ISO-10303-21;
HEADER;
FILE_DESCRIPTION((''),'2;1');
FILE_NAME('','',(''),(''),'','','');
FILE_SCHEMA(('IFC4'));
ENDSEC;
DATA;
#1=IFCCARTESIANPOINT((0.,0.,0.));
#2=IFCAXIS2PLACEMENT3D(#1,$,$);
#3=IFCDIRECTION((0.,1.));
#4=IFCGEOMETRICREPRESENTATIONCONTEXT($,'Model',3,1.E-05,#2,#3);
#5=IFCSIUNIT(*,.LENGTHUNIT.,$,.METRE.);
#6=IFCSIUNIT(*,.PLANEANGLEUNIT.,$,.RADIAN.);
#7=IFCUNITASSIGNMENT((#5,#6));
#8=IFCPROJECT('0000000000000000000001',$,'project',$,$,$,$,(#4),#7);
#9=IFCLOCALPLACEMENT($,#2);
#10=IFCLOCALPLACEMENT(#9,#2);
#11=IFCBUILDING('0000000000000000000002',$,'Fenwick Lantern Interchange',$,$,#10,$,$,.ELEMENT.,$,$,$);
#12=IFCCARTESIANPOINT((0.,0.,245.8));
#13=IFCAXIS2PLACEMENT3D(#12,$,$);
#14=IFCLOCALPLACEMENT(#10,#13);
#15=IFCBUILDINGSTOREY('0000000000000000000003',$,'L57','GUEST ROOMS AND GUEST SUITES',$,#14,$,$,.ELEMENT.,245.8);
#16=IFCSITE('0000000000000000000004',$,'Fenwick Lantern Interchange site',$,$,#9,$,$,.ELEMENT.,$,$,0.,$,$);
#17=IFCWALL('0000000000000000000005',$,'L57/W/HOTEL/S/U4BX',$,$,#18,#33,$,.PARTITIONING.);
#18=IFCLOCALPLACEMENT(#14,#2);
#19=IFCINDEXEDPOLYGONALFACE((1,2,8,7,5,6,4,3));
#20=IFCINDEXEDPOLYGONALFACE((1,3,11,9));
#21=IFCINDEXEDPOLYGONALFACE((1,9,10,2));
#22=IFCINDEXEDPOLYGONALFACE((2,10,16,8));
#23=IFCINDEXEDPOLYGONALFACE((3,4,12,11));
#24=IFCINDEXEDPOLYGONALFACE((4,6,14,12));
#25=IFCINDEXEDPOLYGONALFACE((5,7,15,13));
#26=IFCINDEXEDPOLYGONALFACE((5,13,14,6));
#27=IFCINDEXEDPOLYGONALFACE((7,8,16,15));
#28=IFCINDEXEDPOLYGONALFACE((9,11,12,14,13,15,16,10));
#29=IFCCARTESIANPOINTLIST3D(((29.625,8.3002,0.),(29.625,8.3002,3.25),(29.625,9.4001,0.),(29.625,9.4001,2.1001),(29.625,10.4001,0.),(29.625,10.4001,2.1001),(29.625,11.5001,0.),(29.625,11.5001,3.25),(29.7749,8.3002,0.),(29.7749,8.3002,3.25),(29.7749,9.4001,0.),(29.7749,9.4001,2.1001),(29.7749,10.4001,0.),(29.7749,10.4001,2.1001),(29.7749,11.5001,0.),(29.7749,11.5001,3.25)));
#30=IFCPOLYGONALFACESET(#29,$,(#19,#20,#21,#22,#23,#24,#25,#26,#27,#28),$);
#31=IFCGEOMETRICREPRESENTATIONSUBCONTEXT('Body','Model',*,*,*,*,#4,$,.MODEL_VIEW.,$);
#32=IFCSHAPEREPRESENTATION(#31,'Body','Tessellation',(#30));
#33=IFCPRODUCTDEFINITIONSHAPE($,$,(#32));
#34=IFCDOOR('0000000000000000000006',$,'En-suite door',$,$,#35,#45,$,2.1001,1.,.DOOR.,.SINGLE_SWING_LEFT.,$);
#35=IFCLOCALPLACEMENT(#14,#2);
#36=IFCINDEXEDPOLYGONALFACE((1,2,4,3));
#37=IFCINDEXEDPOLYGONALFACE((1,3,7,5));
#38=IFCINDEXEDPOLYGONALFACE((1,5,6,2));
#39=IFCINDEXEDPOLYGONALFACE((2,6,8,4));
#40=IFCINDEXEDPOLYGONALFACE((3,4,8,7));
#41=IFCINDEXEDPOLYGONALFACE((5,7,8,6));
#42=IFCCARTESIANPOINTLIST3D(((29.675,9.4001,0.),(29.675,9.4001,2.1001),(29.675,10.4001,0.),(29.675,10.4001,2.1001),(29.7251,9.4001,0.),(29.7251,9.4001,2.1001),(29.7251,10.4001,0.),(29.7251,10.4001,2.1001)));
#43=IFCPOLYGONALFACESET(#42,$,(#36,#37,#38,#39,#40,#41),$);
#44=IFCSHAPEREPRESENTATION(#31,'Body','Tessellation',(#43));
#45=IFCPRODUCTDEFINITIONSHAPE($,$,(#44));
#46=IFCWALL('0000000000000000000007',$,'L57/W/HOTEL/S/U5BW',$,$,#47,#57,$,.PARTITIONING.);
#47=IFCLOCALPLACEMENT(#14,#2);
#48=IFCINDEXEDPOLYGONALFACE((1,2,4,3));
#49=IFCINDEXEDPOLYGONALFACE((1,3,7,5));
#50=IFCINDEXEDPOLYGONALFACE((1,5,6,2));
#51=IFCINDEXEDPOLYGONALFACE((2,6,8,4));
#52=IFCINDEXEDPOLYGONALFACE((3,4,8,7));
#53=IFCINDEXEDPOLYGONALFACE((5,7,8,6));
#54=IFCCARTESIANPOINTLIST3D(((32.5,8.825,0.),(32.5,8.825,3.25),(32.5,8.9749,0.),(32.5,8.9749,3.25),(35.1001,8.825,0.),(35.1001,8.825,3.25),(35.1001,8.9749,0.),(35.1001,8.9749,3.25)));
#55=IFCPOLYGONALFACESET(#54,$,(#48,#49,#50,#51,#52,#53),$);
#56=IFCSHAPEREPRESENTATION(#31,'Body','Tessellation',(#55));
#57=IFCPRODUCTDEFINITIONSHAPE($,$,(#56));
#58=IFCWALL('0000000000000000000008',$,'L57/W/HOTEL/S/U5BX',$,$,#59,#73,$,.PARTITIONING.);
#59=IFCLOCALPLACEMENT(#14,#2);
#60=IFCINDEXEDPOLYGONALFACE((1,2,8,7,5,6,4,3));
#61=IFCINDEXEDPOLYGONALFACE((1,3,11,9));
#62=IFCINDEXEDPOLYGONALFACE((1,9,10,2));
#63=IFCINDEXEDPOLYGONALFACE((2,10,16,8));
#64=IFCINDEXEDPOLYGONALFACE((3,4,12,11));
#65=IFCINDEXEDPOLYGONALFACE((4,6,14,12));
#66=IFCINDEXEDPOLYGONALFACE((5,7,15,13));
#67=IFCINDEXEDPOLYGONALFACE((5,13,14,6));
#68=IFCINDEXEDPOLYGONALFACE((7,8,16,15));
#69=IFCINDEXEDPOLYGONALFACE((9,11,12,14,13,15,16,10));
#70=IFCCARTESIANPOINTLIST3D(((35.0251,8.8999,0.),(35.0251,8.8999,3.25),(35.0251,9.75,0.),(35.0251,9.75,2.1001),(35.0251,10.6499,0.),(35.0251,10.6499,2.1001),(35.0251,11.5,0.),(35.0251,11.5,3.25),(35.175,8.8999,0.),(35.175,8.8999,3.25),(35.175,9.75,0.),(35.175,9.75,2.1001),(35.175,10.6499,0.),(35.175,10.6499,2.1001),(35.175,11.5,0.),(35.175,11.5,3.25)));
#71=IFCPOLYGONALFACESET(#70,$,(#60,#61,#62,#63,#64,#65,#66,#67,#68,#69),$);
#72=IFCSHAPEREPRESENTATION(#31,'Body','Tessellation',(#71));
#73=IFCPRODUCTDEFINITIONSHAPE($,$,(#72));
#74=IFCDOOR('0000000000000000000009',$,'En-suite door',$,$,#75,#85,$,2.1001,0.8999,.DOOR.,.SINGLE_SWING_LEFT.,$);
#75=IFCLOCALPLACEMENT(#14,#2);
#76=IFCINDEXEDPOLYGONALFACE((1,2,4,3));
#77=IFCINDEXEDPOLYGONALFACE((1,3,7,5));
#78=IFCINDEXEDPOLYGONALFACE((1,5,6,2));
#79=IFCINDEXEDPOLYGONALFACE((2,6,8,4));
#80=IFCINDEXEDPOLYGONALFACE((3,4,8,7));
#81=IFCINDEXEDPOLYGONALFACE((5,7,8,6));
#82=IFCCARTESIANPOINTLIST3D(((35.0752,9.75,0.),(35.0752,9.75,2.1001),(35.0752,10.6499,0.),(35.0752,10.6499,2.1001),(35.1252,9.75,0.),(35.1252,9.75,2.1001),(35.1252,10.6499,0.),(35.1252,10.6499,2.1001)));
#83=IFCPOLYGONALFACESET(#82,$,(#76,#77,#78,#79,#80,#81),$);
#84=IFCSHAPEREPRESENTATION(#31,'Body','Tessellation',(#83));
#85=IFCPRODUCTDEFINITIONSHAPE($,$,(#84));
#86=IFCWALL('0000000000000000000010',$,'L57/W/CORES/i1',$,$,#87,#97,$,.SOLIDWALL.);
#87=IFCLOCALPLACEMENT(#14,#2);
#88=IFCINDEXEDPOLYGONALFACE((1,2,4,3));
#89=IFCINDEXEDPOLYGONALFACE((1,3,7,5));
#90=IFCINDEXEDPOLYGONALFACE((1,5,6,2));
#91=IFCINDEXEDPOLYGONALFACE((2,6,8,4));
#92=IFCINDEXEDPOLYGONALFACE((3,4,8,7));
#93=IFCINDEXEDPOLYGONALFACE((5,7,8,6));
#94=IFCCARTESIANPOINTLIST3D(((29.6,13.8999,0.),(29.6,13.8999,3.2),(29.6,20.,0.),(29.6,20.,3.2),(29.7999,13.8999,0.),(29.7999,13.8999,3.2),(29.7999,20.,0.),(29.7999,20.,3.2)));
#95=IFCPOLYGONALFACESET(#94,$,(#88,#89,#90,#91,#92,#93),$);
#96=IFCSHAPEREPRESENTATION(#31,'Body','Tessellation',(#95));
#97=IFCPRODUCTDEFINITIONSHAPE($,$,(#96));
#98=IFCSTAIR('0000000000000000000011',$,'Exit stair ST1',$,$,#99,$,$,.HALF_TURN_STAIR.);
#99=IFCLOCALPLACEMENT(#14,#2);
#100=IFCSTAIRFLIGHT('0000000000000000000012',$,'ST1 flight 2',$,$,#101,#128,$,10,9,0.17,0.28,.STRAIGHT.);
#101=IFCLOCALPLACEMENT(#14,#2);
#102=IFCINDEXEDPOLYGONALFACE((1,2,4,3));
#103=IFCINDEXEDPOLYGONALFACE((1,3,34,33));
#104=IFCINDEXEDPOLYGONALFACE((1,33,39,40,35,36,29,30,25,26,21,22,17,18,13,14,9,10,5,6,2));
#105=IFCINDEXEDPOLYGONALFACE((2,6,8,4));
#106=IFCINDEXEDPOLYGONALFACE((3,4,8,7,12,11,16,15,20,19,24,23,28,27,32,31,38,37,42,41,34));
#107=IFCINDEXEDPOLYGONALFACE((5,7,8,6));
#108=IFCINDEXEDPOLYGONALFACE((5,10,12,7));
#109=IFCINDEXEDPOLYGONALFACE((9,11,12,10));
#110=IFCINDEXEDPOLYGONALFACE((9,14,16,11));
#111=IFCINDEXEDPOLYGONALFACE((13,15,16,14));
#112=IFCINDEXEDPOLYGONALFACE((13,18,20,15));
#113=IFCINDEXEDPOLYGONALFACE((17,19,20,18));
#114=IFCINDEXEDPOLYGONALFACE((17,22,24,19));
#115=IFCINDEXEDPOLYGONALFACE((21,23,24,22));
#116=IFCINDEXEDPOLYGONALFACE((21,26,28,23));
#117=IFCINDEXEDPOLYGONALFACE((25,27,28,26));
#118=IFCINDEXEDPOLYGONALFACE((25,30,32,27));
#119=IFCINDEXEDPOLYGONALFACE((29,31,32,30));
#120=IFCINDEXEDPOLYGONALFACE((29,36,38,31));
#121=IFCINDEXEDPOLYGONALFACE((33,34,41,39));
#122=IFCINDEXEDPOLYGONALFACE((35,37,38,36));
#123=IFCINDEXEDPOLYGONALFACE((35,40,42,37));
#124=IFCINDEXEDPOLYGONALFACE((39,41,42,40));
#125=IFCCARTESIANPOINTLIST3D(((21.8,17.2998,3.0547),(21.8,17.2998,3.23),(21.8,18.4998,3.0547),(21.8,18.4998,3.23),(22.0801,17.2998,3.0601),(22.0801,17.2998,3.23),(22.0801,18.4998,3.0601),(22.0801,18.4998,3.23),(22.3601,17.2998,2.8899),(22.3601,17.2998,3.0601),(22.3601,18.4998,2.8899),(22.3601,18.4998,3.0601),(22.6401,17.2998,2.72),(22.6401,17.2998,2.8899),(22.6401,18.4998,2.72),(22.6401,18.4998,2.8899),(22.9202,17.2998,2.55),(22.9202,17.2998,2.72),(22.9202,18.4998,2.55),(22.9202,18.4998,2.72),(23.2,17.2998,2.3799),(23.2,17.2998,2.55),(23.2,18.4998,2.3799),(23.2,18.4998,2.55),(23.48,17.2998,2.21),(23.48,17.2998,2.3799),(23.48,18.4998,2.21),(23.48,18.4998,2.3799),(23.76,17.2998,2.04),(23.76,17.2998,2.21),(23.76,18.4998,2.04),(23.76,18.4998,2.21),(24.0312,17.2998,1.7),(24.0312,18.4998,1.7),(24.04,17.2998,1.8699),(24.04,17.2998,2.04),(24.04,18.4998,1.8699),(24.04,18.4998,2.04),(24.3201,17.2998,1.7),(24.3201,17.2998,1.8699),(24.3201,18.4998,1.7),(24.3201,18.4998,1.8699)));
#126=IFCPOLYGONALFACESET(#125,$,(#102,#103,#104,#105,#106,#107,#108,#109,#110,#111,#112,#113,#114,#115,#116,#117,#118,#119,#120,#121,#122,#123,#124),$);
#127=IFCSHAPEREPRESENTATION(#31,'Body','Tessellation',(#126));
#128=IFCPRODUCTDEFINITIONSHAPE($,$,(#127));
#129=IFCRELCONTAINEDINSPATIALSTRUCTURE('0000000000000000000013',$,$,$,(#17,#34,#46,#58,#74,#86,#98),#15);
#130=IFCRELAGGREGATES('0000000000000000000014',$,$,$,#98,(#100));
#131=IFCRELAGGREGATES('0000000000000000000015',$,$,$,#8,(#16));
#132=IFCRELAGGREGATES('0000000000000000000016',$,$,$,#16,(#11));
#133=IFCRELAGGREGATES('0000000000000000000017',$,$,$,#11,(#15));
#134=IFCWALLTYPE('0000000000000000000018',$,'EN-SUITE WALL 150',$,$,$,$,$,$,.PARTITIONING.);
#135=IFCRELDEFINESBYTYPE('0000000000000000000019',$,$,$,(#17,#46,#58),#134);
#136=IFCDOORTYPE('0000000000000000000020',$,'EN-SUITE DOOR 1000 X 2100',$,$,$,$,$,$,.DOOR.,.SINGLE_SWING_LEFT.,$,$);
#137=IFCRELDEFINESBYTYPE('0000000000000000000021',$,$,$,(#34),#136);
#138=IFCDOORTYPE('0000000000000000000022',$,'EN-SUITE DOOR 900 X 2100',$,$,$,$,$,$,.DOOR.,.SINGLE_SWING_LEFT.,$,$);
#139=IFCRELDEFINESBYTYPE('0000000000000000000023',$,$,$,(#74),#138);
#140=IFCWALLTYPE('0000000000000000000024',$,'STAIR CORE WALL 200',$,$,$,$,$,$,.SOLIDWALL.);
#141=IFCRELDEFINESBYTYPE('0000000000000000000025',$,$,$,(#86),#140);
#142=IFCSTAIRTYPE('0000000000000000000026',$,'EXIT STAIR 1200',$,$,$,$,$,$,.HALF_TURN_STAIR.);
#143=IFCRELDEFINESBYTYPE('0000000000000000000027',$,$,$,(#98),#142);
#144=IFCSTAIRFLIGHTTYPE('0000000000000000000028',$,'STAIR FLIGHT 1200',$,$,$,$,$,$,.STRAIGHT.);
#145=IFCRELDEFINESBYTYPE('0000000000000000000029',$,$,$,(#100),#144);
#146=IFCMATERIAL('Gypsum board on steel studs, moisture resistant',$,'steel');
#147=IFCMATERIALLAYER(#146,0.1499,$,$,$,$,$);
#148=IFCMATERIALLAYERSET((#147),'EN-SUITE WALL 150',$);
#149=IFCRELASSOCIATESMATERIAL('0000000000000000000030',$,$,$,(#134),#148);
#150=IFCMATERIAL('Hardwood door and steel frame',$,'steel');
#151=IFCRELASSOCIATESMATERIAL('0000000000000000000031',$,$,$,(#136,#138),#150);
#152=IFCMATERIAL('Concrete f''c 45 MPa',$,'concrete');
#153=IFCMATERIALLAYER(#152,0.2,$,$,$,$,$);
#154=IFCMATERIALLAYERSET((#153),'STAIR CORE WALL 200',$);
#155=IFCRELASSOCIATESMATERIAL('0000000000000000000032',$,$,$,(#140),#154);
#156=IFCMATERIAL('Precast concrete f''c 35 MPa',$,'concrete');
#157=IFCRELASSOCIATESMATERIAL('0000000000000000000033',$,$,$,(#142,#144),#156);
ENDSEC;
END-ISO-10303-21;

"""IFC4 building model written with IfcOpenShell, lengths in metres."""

from ifc_helpers import new_model, si_unit, direction, frame, frame_2d, origin, place, context, subcontext, project, spatial, polyline, rectangle, outline, extrude, material, layer, layer_set, type_object, element, fill, aggregate, save


model = new_model("IFC4")

# Units and contexts
model_context = context("Model", 3, precision=1e-05, world=origin(), true_north=direction((0.0, 1.0)))
body_context = subcontext(model_context, "Body", "Model", "MODEL_VIEW")
ifc_project = project(units=[si_unit("LENGTHUNIT", "METRE"), si_unit("PLANEANGLEUNIT", "RADIAN")], contexts=[model_context])

# Site, building, storey
site_placement = place(None, origin())
site = spatial("IfcSite", under=ifc_project, at=site_placement, Name="Fenwick Lantern Interchange site", CompositionType="ELEMENT", RefElevation=0.0)
building_placement = place(site_placement, origin())
building = spatial("IfcBuilding", under=site, at=building_placement, Name="Fenwick Lantern Interchange", CompositionType="ELEMENT")
storey_placement = place(building_placement, frame((0.0, 0.0, 245.8)))
storey = spatial("IfcBuildingStorey", under=building, at=storey_placement, Name="L57", Description="GUEST ROOMS AND GUEST SUITES", CompositionType="ELEMENT", Elevation=245.8)

# Shared definitions
ifc_material_1 = material(Name="Hardwood door and steel frame", Category="steel")

# Shared definitions
ifc_material_2 = material(Name="Gypsum board on steel studs, moisture resistant", Category="steel")
ifc_layer_1 = layer(ifc_material_2, 0.1499)
ifc_layer_set_1 = layer_set([ifc_layer_1], Name="EN-SUITE WALL 150")
wall_type_1 = type_object("IfcWallType", Name="EN-SUITE WALL 150", PredefinedType="PARTITIONING", material=ifc_layer_set_1)

# Wall, opening, door
wall_1_placement = place(storey_placement, frame((29.7, 8.3, 0.0), z_axis=(0.0, 0.0, 1.0), x_axis=(0.0, 1.0, 0.0)))
wall_1 = element("IfcWall", 1, at=wall_1_placement, inside=storey, type_object=wall_type_1, Name="L57/W/HOTEL/S/U4BX", PredefinedType="PARTITIONING", context=body_context, shape_type="SweptSolid", body=[
    extrude(rectangle(XDim=3.2, YDim=0.1499, at=frame_2d((1.6001, 0.0))), origin(), (0.0, 0.0, 1.0), 3.25),
])
opening_1_placement = place(wall_1_placement, frame((1.1001, 0.0, 0.0)))
opening_1 = element("IfcOpeningElement", 2, at=opening_1_placement, cuts=wall_1, PredefinedType="OPENING", context=body_context, shape_type="SweptSolid", body=[
    extrude(rectangle(XDim=1.0, YDim=2.1001, at=frame_2d((0.5, 1.05))), frame((0.0, 0.085, 0.0), z_axis=(0.0, -1.0, 0.0), x_axis=(1.0, 0.0, 0.0)), (0.0, 0.0, 1.0), 0.1699),
])
door_type_1 = type_object("IfcDoorType", Name="EN-SUITE DOOR 1000 X 2100", OperationType="SINGLE_SWING_LEFT", PredefinedType="DOOR", material=ifc_material_1)
door_1_placement = place(opening_1_placement, origin())
door_1 = element("IfcDoor", 3, at=door_1_placement, inside=storey, type_object=door_type_1, Name="En-suite door", OperationType="SINGLE_SWING_LEFT", OverallHeight=2.1001, OverallWidth=1.0, PredefinedType="DOOR", context=body_context, shape_type="SweptSolid", body=[
    extrude(rectangle(XDim=1.0, YDim=2.1001, at=frame_2d((0.5, 1.05))), frame((0.0, 0.0249, 0.0), z_axis=(0.0, -1.0, 0.0), x_axis=(1.0, 0.0, 0.0)), (0.0, 0.0, 1.0), 0.05),
])
fill(opening_1, door_1)

# Wall
wall_2_placement = place(storey_placement, frame((32.5, 8.8999, 0.0), z_axis=(0.0, 0.0, 1.0), x_axis=(1.0, 0.0, 0.0)))
element("IfcWall", 4, at=wall_2_placement, inside=storey, type_object=wall_type_1, Name="L57/W/HOTEL/S/U5BW", PredefinedType="PARTITIONING", context=body_context, shape_type="SweptSolid", body=[
    extrude(rectangle(XDim=2.6001, YDim=0.1499, at=frame_2d((1.3, 0.0))), origin(), (0.0, 0.0, 1.0), 3.25),
])

# Wall, opening, door
wall_3_placement = place(storey_placement, frame((35.1001, 8.8999, 0.0), z_axis=(0.0, 0.0, 1.0), x_axis=(0.0, 1.0, 0.0)))
wall_3 = element("IfcWall", 5, at=wall_3_placement, inside=storey, type_object=wall_type_1, Name="L57/W/HOTEL/S/U5BX", PredefinedType="PARTITIONING", context=body_context, shape_type="SweptSolid", body=[
    extrude(rectangle(XDim=2.6001, YDim=0.1499, at=frame_2d((1.3, 0.0))), origin(), (0.0, 0.0, 1.0), 3.25),
])
opening_2_placement = place(wall_3_placement, frame((0.8501, 0.0, 0.0)))
opening_2 = element("IfcOpeningElement", 6, at=opening_2_placement, cuts=wall_3, PredefinedType="OPENING", context=body_context, shape_type="SweptSolid", body=[
    extrude(rectangle(XDim=0.8999, YDim=2.1001, at=frame_2d((0.45, 1.05))), frame((0.0, 0.085, 0.0), z_axis=(0.0, -1.0, 0.0), x_axis=(1.0, 0.0, 0.0)), (0.0, 0.0, 1.0), 0.1699),
])
door_type_2 = type_object("IfcDoorType", Name="EN-SUITE DOOR 900 X 2100", OperationType="SINGLE_SWING_LEFT", PredefinedType="DOOR", material=ifc_material_1)
door_2_placement = place(opening_2_placement, origin())
door_2 = element("IfcDoor", 7, at=door_2_placement, inside=storey, type_object=door_type_2, Name="En-suite door", OperationType="SINGLE_SWING_LEFT", OverallHeight=2.1001, OverallWidth=0.8999, PredefinedType="DOOR", context=body_context, shape_type="SweptSolid", body=[
    extrude(rectangle(XDim=0.8999, YDim=2.1001, at=frame_2d((0.45, 1.05))), frame((0.0, 0.0249, 0.0), z_axis=(0.0, -1.0, 0.0), x_axis=(1.0, 0.0, 0.0)), (0.0, 0.0, 1.0), 0.05),
])
fill(opening_2, door_2)

# Wall
ifc_material_3 = material(Name="Concrete f'c 45 MPa", Category="concrete")
ifc_layer_2 = layer(ifc_material_3, 0.2)
ifc_layer_set_2 = layer_set([ifc_layer_2], Name="STAIR CORE WALL 200")
wall_type_2 = type_object("IfcWallType", Name="STAIR CORE WALL 200", PredefinedType="SOLIDWALL", material=ifc_layer_set_2)
wall_4_placement = place(storey_placement, frame((29.7, 13.8999, 0.0), z_axis=(0.0, 0.0, 1.0), x_axis=(0.0, 1.0, 0.0)))
element("IfcWall", 8, at=wall_4_placement, inside=storey, type_object=wall_type_2, Name="L57/W/CORES/i1", PredefinedType="SOLIDWALL", context=body_context, shape_type="SweptSolid", body=[
    extrude(rectangle(XDim=6.1001, YDim=0.2, at=frame_2d((3.05, 0.0))), origin(), (0.0, 0.0, 1.0), 3.2),
])

# Stair, stair flight
ifc_material_4 = material(Name="Precast concrete f'c 35 MPa", Category="concrete")
stair_type = type_object("IfcStairType", Name="EXIT STAIR 1200", PredefinedType="HALF_TURN_STAIR", material=ifc_material_4)
stair_placement = place(storey_placement, origin())
stair = element("IfcStair", 9, at=stair_placement, inside=storey, type_object=stair_type, Name="Exit stair ST1", PredefinedType="HALF_TURN_STAIR")
stair_flight_type = type_object("IfcStairFlightType", Name="STAIR FLIGHT 1200", PredefinedType="STRAIGHT", material=ifc_material_4)
stair_flight_placement = place(storey_placement, frame((24.3201, 17.8999, 1.7), z_axis=(0.0, 0.0, 1.0), x_axis=(-1.0, 0.0, 0.0)))
stair_flight = element("IfcStairFlight", 10, at=stair_flight_placement, type_object=stair_flight_type, Name="ST1 flight 2", NumberOfRisers=10, NumberOfTreads=9, PredefinedType="STRAIGHT", RiserHeight=0.17, TreadLength=0.28, context=body_context, shape_type="SweptSolid", body=[
    extrude(outline(polyline([(0.0, 0.0), (0.0, 0.1699), (0.28, 0.1699), (0.28, 0.3401), (0.5601, 0.3401), (0.5601, 0.51), (0.8401, 0.51), (0.8401, 0.6799), (1.1201, 0.6799), (1.1201, 0.8501), (1.3999, 0.8501), (1.3999, 1.02), (1.6799, 1.02), (1.6799, 1.1899), (1.96, 1.1899), (1.96, 1.3601), (2.24, 1.3601), (2.24, 1.53), (2.52, 1.53), (2.52, 1.7), (2.52, 1.3547), (0.2888, 0.0), (0.0, 0.0)])), frame((0.0, 0.6001, 0.0), z_axis=(0.0, -1.0, 0.0), x_axis=(1.0, 0.0, 0.0)), (0.0, 0.0, 1.0), 1.2),
])
aggregate(stair, [stair_flight])

save(model, "model.ifc")
